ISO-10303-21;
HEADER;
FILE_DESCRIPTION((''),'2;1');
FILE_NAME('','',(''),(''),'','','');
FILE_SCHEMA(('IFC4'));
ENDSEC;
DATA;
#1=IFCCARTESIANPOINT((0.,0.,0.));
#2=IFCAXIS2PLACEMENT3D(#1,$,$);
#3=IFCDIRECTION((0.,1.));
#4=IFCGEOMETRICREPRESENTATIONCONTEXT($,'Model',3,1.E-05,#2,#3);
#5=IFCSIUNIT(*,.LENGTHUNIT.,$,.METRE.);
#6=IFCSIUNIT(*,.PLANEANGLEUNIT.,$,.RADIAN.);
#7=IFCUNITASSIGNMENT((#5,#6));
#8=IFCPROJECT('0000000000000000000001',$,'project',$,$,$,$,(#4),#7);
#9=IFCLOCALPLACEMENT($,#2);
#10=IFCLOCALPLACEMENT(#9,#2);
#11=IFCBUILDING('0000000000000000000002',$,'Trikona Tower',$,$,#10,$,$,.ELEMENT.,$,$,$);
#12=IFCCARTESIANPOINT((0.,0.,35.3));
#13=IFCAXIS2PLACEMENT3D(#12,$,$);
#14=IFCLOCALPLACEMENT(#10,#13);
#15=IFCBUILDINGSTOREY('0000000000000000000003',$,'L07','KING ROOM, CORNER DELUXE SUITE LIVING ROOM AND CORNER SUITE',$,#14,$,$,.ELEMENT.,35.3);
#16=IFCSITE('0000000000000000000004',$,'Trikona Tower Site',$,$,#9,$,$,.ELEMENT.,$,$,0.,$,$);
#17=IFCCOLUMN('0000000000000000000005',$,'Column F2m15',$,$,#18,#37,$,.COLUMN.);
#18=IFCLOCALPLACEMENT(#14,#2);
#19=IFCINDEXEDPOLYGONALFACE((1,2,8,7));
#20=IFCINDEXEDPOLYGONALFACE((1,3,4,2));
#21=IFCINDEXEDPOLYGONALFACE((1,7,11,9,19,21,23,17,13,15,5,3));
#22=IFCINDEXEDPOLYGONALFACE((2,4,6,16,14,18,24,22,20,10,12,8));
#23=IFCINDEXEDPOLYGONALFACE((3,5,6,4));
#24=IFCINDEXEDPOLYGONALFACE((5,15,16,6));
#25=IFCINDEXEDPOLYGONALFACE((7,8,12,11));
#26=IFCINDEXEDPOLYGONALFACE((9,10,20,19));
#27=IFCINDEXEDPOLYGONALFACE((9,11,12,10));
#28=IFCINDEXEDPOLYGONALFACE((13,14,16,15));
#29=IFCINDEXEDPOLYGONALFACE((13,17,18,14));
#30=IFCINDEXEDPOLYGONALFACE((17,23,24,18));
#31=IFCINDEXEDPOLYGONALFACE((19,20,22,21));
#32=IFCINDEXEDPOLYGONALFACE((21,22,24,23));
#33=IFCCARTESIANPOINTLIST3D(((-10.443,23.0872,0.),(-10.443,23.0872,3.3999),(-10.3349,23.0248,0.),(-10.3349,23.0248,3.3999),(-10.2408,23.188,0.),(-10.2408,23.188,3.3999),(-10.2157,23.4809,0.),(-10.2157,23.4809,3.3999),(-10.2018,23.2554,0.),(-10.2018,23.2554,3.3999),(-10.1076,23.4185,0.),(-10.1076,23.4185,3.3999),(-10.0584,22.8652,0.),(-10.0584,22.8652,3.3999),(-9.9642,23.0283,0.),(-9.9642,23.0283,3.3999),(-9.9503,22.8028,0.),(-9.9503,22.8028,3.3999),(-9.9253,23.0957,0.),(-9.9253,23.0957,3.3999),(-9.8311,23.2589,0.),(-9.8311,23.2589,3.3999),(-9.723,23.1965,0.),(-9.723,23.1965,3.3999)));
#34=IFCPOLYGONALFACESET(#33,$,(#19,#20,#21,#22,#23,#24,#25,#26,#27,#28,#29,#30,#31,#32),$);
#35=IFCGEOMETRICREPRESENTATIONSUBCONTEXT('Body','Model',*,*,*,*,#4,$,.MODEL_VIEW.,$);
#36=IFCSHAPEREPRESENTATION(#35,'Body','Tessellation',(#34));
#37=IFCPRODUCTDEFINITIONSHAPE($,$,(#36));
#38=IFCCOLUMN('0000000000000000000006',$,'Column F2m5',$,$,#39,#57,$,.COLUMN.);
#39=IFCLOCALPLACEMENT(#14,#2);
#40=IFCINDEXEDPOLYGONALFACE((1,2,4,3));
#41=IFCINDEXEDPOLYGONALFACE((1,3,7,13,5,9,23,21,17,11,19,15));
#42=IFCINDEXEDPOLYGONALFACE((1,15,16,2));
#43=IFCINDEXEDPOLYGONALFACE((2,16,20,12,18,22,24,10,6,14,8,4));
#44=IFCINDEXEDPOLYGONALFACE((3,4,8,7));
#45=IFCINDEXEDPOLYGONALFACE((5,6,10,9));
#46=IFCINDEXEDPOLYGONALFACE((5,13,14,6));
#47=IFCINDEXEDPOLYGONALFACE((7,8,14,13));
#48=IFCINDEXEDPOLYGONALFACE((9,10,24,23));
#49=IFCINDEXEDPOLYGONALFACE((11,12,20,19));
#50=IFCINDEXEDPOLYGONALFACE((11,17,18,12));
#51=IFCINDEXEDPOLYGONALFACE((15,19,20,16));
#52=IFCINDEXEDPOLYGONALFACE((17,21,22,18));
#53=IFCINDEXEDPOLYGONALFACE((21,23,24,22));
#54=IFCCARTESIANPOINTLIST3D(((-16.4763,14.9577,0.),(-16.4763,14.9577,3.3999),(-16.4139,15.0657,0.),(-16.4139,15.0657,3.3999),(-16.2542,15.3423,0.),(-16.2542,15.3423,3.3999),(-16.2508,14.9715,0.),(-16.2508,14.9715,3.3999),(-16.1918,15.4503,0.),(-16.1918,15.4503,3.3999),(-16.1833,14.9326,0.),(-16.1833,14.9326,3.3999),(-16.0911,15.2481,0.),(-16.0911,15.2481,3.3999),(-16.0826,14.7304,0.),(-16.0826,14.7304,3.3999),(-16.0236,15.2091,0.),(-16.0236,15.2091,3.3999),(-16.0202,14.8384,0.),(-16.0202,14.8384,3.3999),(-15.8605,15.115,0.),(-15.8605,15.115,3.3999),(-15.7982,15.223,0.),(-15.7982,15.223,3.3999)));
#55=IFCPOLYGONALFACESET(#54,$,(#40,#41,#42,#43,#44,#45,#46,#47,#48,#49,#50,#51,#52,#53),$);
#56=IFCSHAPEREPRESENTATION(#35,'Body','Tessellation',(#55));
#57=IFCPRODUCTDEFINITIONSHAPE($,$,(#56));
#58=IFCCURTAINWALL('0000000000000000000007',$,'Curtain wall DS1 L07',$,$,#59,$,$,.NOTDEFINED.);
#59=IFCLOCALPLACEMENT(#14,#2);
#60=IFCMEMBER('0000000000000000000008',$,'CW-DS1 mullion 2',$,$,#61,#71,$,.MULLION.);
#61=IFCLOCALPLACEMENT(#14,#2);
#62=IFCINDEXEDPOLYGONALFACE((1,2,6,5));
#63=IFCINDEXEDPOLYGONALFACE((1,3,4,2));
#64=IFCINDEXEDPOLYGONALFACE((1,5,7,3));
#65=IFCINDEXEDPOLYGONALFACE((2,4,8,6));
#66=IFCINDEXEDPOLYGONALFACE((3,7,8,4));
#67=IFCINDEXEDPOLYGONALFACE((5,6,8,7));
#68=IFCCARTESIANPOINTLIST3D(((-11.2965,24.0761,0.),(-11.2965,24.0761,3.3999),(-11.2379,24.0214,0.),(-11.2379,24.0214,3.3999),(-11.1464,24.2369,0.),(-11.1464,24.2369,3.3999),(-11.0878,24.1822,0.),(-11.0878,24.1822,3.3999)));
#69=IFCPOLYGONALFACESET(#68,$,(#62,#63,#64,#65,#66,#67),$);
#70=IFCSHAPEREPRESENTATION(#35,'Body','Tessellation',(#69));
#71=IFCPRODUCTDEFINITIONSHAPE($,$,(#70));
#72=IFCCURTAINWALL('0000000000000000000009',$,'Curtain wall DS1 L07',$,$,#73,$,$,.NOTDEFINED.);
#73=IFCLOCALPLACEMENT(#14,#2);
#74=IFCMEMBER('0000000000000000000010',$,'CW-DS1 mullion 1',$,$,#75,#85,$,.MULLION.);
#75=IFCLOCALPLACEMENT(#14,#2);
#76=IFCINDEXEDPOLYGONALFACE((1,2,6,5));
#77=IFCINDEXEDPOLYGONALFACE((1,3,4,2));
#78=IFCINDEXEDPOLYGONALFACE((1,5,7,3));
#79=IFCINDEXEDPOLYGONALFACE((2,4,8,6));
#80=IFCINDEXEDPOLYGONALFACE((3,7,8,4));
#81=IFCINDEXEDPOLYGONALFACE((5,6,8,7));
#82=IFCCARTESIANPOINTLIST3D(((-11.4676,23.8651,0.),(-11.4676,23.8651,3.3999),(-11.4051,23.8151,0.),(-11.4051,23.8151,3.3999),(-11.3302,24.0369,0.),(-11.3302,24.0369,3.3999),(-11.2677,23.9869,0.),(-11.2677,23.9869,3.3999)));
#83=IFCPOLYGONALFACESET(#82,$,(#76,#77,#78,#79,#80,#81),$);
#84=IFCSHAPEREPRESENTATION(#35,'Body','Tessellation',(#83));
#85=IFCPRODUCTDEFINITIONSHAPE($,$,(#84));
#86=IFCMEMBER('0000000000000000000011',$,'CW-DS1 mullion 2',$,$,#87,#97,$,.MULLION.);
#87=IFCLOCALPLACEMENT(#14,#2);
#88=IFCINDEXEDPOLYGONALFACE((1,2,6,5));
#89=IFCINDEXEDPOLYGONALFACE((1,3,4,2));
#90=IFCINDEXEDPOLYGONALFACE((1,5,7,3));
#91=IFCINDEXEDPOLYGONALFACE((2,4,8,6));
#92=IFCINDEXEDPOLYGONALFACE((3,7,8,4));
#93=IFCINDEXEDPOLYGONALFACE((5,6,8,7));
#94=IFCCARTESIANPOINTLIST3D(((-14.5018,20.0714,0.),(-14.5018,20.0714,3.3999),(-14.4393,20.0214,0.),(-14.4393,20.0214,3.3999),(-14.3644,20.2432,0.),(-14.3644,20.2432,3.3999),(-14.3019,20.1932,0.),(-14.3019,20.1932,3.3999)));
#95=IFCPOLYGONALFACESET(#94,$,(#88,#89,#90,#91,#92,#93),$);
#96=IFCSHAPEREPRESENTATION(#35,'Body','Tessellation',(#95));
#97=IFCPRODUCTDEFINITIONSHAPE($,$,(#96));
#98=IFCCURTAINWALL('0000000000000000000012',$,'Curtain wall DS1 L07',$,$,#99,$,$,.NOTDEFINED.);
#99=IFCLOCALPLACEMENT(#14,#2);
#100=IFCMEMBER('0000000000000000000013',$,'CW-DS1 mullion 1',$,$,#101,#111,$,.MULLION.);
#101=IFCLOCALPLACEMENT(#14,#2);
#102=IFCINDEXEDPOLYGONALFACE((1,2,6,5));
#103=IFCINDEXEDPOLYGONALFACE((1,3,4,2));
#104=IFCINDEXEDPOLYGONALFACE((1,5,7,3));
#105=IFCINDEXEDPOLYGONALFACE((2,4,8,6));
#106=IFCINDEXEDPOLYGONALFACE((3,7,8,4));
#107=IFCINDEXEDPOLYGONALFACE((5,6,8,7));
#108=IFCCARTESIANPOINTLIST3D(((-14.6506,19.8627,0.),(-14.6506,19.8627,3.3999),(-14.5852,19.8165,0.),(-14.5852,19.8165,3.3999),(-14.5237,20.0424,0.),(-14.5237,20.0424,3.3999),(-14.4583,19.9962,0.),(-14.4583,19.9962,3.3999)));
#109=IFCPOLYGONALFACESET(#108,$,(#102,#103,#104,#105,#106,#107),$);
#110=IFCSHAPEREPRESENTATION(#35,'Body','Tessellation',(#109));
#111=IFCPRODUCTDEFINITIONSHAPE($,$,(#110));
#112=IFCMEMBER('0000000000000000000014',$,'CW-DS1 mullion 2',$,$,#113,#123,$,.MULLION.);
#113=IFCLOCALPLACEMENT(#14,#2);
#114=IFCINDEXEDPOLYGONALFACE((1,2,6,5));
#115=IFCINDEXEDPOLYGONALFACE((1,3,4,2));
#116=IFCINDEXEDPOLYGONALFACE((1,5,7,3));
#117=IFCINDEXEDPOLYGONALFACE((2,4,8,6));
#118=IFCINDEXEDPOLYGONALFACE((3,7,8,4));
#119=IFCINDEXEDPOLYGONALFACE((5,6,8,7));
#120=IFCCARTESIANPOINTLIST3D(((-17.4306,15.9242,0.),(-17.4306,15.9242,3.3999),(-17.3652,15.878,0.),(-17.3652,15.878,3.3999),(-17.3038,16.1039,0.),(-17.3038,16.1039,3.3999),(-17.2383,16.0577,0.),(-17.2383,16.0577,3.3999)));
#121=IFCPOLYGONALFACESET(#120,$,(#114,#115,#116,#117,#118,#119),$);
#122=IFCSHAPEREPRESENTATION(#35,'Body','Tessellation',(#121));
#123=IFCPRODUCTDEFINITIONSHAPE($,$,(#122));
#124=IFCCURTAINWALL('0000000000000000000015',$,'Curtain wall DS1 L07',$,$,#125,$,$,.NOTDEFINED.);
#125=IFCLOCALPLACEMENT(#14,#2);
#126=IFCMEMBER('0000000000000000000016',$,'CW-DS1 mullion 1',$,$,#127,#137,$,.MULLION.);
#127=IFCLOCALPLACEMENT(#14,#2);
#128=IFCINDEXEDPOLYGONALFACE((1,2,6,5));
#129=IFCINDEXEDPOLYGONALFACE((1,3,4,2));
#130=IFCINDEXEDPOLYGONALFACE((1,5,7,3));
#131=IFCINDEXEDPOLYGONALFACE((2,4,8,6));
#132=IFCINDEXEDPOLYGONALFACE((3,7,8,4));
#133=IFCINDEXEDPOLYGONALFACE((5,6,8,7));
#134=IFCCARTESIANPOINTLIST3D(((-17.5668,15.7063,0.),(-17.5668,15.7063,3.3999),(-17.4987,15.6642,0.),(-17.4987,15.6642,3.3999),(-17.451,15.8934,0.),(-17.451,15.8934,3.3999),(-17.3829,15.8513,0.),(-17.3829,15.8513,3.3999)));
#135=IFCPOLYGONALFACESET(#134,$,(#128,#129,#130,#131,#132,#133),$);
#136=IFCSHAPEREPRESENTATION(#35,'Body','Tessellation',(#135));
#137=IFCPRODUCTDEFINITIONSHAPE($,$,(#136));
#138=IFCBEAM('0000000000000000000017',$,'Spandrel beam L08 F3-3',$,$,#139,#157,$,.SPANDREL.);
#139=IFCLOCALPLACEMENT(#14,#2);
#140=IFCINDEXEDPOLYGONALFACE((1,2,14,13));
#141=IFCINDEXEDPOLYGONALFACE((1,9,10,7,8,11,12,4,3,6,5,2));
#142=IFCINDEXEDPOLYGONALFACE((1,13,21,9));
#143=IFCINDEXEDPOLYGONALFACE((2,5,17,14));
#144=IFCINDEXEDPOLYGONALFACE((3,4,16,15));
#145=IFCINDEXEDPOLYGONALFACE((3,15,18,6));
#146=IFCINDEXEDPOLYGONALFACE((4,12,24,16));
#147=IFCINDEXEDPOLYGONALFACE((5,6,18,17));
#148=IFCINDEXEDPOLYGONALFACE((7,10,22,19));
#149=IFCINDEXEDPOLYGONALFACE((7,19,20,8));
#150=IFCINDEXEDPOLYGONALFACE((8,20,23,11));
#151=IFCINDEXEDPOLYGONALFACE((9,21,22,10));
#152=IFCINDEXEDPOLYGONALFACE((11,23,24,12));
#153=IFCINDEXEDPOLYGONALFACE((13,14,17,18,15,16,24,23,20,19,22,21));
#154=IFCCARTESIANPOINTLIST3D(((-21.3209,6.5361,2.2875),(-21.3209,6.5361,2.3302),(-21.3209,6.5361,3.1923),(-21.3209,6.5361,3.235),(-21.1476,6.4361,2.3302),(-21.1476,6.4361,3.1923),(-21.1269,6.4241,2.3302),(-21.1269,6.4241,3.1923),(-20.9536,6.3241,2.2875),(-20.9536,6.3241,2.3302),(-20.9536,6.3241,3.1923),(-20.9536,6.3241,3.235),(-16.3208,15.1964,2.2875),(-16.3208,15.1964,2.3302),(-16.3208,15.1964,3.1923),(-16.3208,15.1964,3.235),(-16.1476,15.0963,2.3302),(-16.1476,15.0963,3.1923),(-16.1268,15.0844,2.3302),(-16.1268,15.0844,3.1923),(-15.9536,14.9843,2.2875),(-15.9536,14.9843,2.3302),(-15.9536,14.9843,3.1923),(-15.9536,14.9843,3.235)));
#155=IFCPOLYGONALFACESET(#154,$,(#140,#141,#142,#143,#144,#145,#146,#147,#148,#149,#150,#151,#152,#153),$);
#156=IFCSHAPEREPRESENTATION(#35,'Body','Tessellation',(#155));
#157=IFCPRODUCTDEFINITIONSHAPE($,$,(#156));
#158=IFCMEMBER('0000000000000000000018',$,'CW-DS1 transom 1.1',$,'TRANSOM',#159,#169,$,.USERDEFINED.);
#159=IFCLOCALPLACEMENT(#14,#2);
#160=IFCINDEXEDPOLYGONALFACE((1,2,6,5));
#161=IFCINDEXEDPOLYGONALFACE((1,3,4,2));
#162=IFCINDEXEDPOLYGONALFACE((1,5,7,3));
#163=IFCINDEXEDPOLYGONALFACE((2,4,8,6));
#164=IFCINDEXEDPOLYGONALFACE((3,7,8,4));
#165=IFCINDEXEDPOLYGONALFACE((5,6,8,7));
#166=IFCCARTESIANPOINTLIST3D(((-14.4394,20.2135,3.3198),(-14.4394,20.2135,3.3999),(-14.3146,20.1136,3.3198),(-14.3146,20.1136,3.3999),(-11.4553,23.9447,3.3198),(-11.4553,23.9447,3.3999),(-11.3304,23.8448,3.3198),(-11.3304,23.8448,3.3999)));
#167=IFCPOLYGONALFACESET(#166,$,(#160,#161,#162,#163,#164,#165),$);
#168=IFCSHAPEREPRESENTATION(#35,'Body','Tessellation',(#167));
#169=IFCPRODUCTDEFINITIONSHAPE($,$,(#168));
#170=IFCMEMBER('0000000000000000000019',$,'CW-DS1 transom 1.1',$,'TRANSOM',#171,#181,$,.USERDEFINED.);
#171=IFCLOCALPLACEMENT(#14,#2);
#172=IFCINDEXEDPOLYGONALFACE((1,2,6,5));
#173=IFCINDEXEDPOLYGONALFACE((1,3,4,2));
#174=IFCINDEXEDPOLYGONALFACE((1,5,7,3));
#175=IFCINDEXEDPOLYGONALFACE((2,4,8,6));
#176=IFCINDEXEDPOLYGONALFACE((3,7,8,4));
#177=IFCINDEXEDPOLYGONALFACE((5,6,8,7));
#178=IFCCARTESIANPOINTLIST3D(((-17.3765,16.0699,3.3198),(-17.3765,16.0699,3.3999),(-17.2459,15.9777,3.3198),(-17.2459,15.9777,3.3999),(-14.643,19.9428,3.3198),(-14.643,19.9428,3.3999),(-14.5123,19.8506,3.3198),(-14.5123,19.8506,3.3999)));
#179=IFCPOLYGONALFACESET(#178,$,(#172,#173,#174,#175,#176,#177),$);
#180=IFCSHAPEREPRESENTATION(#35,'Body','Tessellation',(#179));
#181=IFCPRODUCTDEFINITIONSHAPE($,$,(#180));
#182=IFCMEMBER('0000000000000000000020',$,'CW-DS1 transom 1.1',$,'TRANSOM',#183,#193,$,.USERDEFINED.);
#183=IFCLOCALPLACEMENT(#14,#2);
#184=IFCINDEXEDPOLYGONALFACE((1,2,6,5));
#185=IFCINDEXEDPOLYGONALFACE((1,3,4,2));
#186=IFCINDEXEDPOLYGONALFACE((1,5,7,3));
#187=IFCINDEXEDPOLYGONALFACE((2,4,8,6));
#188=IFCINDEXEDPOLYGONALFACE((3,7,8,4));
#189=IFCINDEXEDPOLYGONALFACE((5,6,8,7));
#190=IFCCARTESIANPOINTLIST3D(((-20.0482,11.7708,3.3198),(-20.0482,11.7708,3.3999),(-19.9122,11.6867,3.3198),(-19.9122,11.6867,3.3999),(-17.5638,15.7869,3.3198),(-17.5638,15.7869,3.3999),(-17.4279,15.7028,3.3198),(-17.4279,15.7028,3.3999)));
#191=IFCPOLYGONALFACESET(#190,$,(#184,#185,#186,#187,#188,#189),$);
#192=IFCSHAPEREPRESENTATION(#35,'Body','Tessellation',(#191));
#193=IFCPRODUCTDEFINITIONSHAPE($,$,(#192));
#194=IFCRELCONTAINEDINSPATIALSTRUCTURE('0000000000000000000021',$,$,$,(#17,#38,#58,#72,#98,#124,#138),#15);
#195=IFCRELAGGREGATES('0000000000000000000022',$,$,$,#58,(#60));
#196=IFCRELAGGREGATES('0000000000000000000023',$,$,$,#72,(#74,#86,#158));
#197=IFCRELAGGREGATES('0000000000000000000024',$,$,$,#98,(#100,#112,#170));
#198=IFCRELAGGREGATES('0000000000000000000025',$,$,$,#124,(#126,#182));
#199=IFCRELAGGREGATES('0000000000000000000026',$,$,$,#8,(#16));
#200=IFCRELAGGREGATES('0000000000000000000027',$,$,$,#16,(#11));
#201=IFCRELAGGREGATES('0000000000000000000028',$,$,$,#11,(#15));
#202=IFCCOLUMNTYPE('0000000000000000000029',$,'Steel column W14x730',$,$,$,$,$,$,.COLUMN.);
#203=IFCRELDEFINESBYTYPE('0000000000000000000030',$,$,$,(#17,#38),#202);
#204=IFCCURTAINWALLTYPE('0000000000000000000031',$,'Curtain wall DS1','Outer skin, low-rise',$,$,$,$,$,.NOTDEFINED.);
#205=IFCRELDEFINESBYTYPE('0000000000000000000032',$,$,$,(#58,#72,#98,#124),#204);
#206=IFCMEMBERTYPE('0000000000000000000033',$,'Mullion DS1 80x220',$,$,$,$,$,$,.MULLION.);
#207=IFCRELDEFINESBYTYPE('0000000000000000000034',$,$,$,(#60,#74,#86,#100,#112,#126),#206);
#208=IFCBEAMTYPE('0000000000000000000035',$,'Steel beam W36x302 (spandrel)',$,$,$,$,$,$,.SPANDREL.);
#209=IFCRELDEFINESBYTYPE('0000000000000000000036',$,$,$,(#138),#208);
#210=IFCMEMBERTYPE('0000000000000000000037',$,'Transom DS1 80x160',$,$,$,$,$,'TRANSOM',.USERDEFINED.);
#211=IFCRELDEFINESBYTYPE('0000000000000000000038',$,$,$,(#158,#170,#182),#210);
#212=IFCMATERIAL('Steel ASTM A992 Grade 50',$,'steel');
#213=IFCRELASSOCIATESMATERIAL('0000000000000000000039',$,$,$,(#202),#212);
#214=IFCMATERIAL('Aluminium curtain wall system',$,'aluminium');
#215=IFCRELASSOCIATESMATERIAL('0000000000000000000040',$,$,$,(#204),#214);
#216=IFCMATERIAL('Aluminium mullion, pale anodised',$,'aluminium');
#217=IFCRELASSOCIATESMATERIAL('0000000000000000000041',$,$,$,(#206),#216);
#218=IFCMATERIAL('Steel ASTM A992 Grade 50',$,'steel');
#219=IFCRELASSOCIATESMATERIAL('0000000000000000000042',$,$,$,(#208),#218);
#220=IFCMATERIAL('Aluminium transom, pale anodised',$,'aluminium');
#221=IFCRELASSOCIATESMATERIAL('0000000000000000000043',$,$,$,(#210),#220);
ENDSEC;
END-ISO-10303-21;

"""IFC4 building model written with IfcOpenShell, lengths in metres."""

from ifc_helpers import new_model, si_unit, direction, frame, origin, origin_2d, place, context, subcontext, project, spatial, rectangle, i_section, extrude, material, material_profile, profile_set, type_object, element, aggregate, save


model = new_model("IFC4")

# Units and contexts
model_context = context("Model", 3, precision=1e-05, world=origin(), true_north=direction((0.0, 1.0)))
body_context = subcontext(model_context, "Body", "Model", "MODEL_VIEW")
ifc_project = project(units=[si_unit("LENGTHUNIT", "METRE"), si_unit("PLANEANGLEUNIT", "RADIAN")], contexts=[model_context])

# Site, building, storey
site_placement = place(None, origin())
site = spatial("IfcSite", under=ifc_project, at=site_placement, Name="Trikona Tower Site", CompositionType="ELEMENT", RefElevation=0.0)
building_placement = place(site_placement, origin())
building = spatial("IfcBuilding", under=site, at=building_placement, Name="Trikona Tower", CompositionType="ELEMENT")
storey_placement = place(building_placement, frame((0.0, 0.0, 35.3)))
storey = spatial("IfcBuildingStorey", under=building, at=storey_placement, Name="L07", Description="KING ROOM, CORNER DELUXE SUITE LIVING ROOM AND CORNER SUITE", CompositionType="ELEMENT", Elevation=35.3)

# Columns
ifc_material_1 = material(Name="Steel ASTM A992 Grade 50", Category="steel")
ifc_material_profile_1 = material_profile(ifc_material_1, i_section(OverallWidth=0.4546, OverallDepth=0.5688, WebThickness=0.0779, FlangeThickness=0.1248, at=origin_2d()), Name="W14X730")
ifc_profile_set_1 = profile_set([ifc_material_profile_1], Name="Steel ASTM A992 Grade 50")
column_type = type_object("IfcColumnType", Name="Steel column W14x730", PredefinedType="COLUMN", material=ifc_profile_set_1)
for number, where, z_axis, x_axis, name in (
    (1, (-10.083, 23.1418, 0.0), (0.0, 0.0, 1.0), (-0.5, -0.866025, 0.0), "Column F2m15"),
    (2, (-16.1372, 15.0903, 0.0), (0.0, 0.0, 1.0), (-0.866025, 0.5, 0.0), "Column F2m5"),
):
    element("IfcColumn", number, at=place(storey_placement, frame(where, z_axis=z_axis, x_axis=x_axis)), inside=storey, type_object=column_type, Name=name, PredefinedType="COLUMN", context=body_context, shape_type="SweptSolid", body=[
        extrude(i_section(OverallWidth=0.4546, OverallDepth=0.5688, WebThickness=0.0779, FlangeThickness=0.1248, at=origin_2d()), origin(), (0.0, 0.0, 1.0), 3.3999),
    ])

# Curtain wall, member
ifc_material_2 = material(Name="Aluminium curtain wall system", Category="aluminium")
curtain_wall_type = type_object("IfcCurtainWallType", Name="Curtain wall DS1", Description="Outer skin, low-rise", PredefinedType="NOTDEFINED", material=ifc_material_2)
curtain_wall_1_placement = place(storey_placement, origin())
curtain_wall_1 = element("IfcCurtainWall", 3, at=curtain_wall_1_placement, inside=storey, type_object=curtain_wall_type, Name="Curtain wall DS1 L07", PredefinedType="NOTDEFINED")
ifc_material_3 = material(Name="Aluminium mullion, pale anodised", Category="aluminium")
ifc_material_profile_2 = material_profile(ifc_material_3, rectangle(XDim=0.0801, YDim=0.22, at=origin_2d()), Name="MUL-DS1")
ifc_profile_set_2 = profile_set([ifc_material_profile_2], Name="Aluminium mullion, pale anodised")
member_type_1 = type_object("IfcMemberType", Name="Mullion DS1 80x220", PredefinedType="MULLION", material=ifc_profile_set_2)
member_1_placement = place(storey_placement, frame((-11.1921, 24.1292, 0.0), z_axis=(0.0, 0.0, 1.0), x_axis=(0.731077, -0.682295, 0.0)))
member_1 = element("IfcMember", 4, at=member_1_placement, type_object=member_type_1, Name="CW-DS1 mullion 2", PredefinedType="MULLION", context=body_context, shape_type="SweptSolid", body=[
    extrude(rectangle(XDim=0.0801, YDim=0.22, at=origin_2d()), origin(), (0.0, 0.0, 1.0), 3.3999),
])
aggregate(curtain_wall_1, [member_1])

# Curtain walls, members
curtain_wall_2_placement = place(storey_placement, origin())
curtain_wall_2 = element("IfcCurtainWall", 5, at=curtain_wall_2_placement, inside=storey, type_object=curtain_wall_type, Name="Curtain wall DS1 L07", PredefinedType="NOTDEFINED")
member_2_placement = place(storey_placement, frame((-11.3677, 23.926, 0.0), z_axis=(0.0, 0.0, 1.0), x_axis=(0.780938, -0.624609, 0.0)))
member_2 = element("IfcMember", 6, at=member_2_placement, type_object=member_type_1, Name="CW-DS1 mullion 1", PredefinedType="MULLION", context=body_context, shape_type="SweptSolid", body=[
    extrude(rectangle(XDim=0.0801, YDim=0.22, at=origin_2d()), origin(), (0.0, 0.0, 1.0), 3.3999),
])
member_3_placement = place(storey_placement, frame((-14.4019, 20.1323, 0.0), z_axis=(0.0, 0.0, 1.0), x_axis=(0.780938, -0.624609, 0.0)))
member_3 = element("IfcMember", 7, at=member_3_placement, type_object=member_type_1, Name="CW-DS1 mullion 2", PredefinedType="MULLION", context=body_context, shape_type="SweptSolid", body=[
    extrude(rectangle(XDim=0.0801, YDim=0.22, at=origin_2d()), origin(), (0.0, 0.0, 1.0), 3.3999),
])
curtain_wall_3_placement = place(storey_placement, origin())
curtain_wall_3 = element("IfcCurtainWall", 8, at=curtain_wall_3_placement, inside=storey, type_object=curtain_wall_type, Name="Curtain wall DS1 L07", PredefinedType="NOTDEFINED")
member_4_placement = place(storey_placement, frame((-14.5544, 19.9294, 0.0), z_axis=(0.0, 0.0, 1.0), x_axis=(0.816985, -0.576658, 0.0)))
member_4 = element("IfcMember", 9, at=member_4_placement, type_object=member_type_1, Name="CW-DS1 mullion 1", PredefinedType="MULLION", context=body_context, shape_type="SweptSolid", body=[
    extrude(rectangle(XDim=0.0801, YDim=0.22, at=origin_2d()), origin(), (0.0, 0.0, 1.0), 3.3999),
])
member_5_placement = place(storey_placement, frame((-17.3345, 15.991, 0.0), z_axis=(0.0, 0.0, 1.0), x_axis=(0.816985, -0.576658, 0.0)))
member_5 = element("IfcMember", 10, at=member_5_placement, type_object=member_type_1, Name="CW-DS1 mullion 2", PredefinedType="MULLION", context=body_context, shape_type="SweptSolid", body=[
    extrude(rectangle(XDim=0.0801, YDim=0.22, at=origin_2d()), origin(), (0.0, 0.0, 1.0), 3.3999),
])

# Curtain wall, member
curtain_wall_4_placement = place(storey_placement, origin())
curtain_wall_4 = element("IfcCurtainWall", 11, at=curtain_wall_4_placement, inside=storey, type_object=curtain_wall_type, Name="Curtain wall DS1 L07", PredefinedType="NOTDEFINED")
member_6_placement = place(storey_placement, frame((-17.4749, 15.7788, 0.0), z_axis=(0.0, 0.0, 1.0), x_axis=(0.85041, -0.52612, 0.0)))
member_6 = element("IfcMember", 12, at=member_6_placement, type_object=member_type_1, Name="CW-DS1 mullion 1", PredefinedType="MULLION", context=body_context, shape_type="SweptSolid", body=[
    extrude(rectangle(XDim=0.0801, YDim=0.22, at=origin_2d()), origin(), (0.0, 0.0, 1.0), 3.3999),
])

# Beam
ifc_material_4 = material(Name="Steel ASTM A992 Grade 50", Category="steel")
ifc_material_profile_3 = material_profile(ifc_material_4, i_section(OverallWidth=0.4241, OverallDepth=0.9475, WebThickness=0.0239, FlangeThickness=0.0427, at=origin_2d()), Name="W36X302")
ifc_profile_set_3 = profile_set([ifc_material_profile_3], Name="Steel ASTM A992 Grade 50")
beam_type = type_object("IfcBeamType", Name="Steel beam W36x302 (spandrel)", PredefinedType="SPANDREL", material=ifc_profile_set_3)
beam_placement = place(storey_placement, frame((-16.1372, 15.0903, 2.7612), z_axis=(-0.500004, -0.866023, 0.0), x_axis=(0.866023, -0.500004, 0.0)))
element("IfcBeam", 13, at=beam_placement, inside=storey, type_object=beam_type, Name="Spandrel beam L08 F3-3", PredefinedType="SPANDREL", context=body_context, shape_type="SweptSolid", body=[
    extrude(i_section(OverallWidth=0.4241, OverallDepth=0.9475, WebThickness=0.0239, FlangeThickness=0.0427, at=origin_2d()), origin(), (0.0, 0.0, 1.0), 10.0),
])

# Members
ifc_material_5 = material(Name="Aluminium transom, pale anodised", Category="aluminium")
ifc_material_profile_4 = material_profile(ifc_material_5, rectangle(XDim=0.1599, YDim=0.0801, at=origin_2d()), Name="TRN-DS1")
ifc_profile_set_4 = profile_set([ifc_material_profile_4], Name="Aluminium transom, pale anodised")
member_type_2 = type_object("IfcMemberType", Name="Transom DS1 80x160", ElementType="TRANSOM", PredefinedType="USERDEFINED", material=ifc_profile_set_4)
member_7_placement = place(storey_placement, frame((-11.3928, 23.8948, 3.3599), z_axis=(-0.624589, -0.780954, 0.0), x_axis=(0.780954, -0.624589, 0.0)))
member_7 = element("IfcMember", 14, at=member_7_placement, type_object=member_type_2, Name="CW-DS1 transom 1.1", ObjectType="TRANSOM", PredefinedType="USERDEFINED", context=body_context, shape_type="SweptSolid", body=[
    extrude(rectangle(XDim=0.1599, YDim=0.0801, at=origin_2d()), origin(), (0.0, 0.0, 1.0), 4.7778),
])
member_8_placement = place(storey_placement, frame((-14.5776, 19.8967, 3.3599), z_axis=(-0.576645, -0.816995, 0.0), x_axis=(0.816995, -0.576645, 0.0)))
member_8 = element("IfcMember", 15, at=member_8_placement, type_object=member_type_2, Name="CW-DS1 transom 1.1", ObjectType="TRANSOM", PredefinedType="USERDEFINED", context=body_context, shape_type="SweptSolid", body=[
    extrude(rectangle(XDim=0.1599, YDim=0.0801, at=origin_2d()), origin(), (0.0, 0.0, 1.0), 4.7405),
])
member_9_placement = place(storey_placement, frame((-17.4958, 15.7449, 3.3599), z_axis=(-0.526081, -0.850435, 0.0), x_axis=(0.850435, -0.526081, 0.0)))
member_9 = element("IfcMember", 16, at=member_9_placement, type_object=member_type_2, Name="CW-DS1 transom 1.1", ObjectType="TRANSOM", PredefinedType="USERDEFINED", context=body_context, shape_type="SweptSolid", body=[
    extrude(rectangle(XDim=0.1599, YDim=0.0801, at=origin_2d()), origin(), (0.0, 0.0, 1.0), 4.7224),
])

aggregate(curtain_wall_2, [member_2, member_3, member_7])
aggregate(curtain_wall_3, [member_4, member_5, member_8])
aggregate(curtain_wall_4, [member_6, member_9])

save(model, "model.ifc")
